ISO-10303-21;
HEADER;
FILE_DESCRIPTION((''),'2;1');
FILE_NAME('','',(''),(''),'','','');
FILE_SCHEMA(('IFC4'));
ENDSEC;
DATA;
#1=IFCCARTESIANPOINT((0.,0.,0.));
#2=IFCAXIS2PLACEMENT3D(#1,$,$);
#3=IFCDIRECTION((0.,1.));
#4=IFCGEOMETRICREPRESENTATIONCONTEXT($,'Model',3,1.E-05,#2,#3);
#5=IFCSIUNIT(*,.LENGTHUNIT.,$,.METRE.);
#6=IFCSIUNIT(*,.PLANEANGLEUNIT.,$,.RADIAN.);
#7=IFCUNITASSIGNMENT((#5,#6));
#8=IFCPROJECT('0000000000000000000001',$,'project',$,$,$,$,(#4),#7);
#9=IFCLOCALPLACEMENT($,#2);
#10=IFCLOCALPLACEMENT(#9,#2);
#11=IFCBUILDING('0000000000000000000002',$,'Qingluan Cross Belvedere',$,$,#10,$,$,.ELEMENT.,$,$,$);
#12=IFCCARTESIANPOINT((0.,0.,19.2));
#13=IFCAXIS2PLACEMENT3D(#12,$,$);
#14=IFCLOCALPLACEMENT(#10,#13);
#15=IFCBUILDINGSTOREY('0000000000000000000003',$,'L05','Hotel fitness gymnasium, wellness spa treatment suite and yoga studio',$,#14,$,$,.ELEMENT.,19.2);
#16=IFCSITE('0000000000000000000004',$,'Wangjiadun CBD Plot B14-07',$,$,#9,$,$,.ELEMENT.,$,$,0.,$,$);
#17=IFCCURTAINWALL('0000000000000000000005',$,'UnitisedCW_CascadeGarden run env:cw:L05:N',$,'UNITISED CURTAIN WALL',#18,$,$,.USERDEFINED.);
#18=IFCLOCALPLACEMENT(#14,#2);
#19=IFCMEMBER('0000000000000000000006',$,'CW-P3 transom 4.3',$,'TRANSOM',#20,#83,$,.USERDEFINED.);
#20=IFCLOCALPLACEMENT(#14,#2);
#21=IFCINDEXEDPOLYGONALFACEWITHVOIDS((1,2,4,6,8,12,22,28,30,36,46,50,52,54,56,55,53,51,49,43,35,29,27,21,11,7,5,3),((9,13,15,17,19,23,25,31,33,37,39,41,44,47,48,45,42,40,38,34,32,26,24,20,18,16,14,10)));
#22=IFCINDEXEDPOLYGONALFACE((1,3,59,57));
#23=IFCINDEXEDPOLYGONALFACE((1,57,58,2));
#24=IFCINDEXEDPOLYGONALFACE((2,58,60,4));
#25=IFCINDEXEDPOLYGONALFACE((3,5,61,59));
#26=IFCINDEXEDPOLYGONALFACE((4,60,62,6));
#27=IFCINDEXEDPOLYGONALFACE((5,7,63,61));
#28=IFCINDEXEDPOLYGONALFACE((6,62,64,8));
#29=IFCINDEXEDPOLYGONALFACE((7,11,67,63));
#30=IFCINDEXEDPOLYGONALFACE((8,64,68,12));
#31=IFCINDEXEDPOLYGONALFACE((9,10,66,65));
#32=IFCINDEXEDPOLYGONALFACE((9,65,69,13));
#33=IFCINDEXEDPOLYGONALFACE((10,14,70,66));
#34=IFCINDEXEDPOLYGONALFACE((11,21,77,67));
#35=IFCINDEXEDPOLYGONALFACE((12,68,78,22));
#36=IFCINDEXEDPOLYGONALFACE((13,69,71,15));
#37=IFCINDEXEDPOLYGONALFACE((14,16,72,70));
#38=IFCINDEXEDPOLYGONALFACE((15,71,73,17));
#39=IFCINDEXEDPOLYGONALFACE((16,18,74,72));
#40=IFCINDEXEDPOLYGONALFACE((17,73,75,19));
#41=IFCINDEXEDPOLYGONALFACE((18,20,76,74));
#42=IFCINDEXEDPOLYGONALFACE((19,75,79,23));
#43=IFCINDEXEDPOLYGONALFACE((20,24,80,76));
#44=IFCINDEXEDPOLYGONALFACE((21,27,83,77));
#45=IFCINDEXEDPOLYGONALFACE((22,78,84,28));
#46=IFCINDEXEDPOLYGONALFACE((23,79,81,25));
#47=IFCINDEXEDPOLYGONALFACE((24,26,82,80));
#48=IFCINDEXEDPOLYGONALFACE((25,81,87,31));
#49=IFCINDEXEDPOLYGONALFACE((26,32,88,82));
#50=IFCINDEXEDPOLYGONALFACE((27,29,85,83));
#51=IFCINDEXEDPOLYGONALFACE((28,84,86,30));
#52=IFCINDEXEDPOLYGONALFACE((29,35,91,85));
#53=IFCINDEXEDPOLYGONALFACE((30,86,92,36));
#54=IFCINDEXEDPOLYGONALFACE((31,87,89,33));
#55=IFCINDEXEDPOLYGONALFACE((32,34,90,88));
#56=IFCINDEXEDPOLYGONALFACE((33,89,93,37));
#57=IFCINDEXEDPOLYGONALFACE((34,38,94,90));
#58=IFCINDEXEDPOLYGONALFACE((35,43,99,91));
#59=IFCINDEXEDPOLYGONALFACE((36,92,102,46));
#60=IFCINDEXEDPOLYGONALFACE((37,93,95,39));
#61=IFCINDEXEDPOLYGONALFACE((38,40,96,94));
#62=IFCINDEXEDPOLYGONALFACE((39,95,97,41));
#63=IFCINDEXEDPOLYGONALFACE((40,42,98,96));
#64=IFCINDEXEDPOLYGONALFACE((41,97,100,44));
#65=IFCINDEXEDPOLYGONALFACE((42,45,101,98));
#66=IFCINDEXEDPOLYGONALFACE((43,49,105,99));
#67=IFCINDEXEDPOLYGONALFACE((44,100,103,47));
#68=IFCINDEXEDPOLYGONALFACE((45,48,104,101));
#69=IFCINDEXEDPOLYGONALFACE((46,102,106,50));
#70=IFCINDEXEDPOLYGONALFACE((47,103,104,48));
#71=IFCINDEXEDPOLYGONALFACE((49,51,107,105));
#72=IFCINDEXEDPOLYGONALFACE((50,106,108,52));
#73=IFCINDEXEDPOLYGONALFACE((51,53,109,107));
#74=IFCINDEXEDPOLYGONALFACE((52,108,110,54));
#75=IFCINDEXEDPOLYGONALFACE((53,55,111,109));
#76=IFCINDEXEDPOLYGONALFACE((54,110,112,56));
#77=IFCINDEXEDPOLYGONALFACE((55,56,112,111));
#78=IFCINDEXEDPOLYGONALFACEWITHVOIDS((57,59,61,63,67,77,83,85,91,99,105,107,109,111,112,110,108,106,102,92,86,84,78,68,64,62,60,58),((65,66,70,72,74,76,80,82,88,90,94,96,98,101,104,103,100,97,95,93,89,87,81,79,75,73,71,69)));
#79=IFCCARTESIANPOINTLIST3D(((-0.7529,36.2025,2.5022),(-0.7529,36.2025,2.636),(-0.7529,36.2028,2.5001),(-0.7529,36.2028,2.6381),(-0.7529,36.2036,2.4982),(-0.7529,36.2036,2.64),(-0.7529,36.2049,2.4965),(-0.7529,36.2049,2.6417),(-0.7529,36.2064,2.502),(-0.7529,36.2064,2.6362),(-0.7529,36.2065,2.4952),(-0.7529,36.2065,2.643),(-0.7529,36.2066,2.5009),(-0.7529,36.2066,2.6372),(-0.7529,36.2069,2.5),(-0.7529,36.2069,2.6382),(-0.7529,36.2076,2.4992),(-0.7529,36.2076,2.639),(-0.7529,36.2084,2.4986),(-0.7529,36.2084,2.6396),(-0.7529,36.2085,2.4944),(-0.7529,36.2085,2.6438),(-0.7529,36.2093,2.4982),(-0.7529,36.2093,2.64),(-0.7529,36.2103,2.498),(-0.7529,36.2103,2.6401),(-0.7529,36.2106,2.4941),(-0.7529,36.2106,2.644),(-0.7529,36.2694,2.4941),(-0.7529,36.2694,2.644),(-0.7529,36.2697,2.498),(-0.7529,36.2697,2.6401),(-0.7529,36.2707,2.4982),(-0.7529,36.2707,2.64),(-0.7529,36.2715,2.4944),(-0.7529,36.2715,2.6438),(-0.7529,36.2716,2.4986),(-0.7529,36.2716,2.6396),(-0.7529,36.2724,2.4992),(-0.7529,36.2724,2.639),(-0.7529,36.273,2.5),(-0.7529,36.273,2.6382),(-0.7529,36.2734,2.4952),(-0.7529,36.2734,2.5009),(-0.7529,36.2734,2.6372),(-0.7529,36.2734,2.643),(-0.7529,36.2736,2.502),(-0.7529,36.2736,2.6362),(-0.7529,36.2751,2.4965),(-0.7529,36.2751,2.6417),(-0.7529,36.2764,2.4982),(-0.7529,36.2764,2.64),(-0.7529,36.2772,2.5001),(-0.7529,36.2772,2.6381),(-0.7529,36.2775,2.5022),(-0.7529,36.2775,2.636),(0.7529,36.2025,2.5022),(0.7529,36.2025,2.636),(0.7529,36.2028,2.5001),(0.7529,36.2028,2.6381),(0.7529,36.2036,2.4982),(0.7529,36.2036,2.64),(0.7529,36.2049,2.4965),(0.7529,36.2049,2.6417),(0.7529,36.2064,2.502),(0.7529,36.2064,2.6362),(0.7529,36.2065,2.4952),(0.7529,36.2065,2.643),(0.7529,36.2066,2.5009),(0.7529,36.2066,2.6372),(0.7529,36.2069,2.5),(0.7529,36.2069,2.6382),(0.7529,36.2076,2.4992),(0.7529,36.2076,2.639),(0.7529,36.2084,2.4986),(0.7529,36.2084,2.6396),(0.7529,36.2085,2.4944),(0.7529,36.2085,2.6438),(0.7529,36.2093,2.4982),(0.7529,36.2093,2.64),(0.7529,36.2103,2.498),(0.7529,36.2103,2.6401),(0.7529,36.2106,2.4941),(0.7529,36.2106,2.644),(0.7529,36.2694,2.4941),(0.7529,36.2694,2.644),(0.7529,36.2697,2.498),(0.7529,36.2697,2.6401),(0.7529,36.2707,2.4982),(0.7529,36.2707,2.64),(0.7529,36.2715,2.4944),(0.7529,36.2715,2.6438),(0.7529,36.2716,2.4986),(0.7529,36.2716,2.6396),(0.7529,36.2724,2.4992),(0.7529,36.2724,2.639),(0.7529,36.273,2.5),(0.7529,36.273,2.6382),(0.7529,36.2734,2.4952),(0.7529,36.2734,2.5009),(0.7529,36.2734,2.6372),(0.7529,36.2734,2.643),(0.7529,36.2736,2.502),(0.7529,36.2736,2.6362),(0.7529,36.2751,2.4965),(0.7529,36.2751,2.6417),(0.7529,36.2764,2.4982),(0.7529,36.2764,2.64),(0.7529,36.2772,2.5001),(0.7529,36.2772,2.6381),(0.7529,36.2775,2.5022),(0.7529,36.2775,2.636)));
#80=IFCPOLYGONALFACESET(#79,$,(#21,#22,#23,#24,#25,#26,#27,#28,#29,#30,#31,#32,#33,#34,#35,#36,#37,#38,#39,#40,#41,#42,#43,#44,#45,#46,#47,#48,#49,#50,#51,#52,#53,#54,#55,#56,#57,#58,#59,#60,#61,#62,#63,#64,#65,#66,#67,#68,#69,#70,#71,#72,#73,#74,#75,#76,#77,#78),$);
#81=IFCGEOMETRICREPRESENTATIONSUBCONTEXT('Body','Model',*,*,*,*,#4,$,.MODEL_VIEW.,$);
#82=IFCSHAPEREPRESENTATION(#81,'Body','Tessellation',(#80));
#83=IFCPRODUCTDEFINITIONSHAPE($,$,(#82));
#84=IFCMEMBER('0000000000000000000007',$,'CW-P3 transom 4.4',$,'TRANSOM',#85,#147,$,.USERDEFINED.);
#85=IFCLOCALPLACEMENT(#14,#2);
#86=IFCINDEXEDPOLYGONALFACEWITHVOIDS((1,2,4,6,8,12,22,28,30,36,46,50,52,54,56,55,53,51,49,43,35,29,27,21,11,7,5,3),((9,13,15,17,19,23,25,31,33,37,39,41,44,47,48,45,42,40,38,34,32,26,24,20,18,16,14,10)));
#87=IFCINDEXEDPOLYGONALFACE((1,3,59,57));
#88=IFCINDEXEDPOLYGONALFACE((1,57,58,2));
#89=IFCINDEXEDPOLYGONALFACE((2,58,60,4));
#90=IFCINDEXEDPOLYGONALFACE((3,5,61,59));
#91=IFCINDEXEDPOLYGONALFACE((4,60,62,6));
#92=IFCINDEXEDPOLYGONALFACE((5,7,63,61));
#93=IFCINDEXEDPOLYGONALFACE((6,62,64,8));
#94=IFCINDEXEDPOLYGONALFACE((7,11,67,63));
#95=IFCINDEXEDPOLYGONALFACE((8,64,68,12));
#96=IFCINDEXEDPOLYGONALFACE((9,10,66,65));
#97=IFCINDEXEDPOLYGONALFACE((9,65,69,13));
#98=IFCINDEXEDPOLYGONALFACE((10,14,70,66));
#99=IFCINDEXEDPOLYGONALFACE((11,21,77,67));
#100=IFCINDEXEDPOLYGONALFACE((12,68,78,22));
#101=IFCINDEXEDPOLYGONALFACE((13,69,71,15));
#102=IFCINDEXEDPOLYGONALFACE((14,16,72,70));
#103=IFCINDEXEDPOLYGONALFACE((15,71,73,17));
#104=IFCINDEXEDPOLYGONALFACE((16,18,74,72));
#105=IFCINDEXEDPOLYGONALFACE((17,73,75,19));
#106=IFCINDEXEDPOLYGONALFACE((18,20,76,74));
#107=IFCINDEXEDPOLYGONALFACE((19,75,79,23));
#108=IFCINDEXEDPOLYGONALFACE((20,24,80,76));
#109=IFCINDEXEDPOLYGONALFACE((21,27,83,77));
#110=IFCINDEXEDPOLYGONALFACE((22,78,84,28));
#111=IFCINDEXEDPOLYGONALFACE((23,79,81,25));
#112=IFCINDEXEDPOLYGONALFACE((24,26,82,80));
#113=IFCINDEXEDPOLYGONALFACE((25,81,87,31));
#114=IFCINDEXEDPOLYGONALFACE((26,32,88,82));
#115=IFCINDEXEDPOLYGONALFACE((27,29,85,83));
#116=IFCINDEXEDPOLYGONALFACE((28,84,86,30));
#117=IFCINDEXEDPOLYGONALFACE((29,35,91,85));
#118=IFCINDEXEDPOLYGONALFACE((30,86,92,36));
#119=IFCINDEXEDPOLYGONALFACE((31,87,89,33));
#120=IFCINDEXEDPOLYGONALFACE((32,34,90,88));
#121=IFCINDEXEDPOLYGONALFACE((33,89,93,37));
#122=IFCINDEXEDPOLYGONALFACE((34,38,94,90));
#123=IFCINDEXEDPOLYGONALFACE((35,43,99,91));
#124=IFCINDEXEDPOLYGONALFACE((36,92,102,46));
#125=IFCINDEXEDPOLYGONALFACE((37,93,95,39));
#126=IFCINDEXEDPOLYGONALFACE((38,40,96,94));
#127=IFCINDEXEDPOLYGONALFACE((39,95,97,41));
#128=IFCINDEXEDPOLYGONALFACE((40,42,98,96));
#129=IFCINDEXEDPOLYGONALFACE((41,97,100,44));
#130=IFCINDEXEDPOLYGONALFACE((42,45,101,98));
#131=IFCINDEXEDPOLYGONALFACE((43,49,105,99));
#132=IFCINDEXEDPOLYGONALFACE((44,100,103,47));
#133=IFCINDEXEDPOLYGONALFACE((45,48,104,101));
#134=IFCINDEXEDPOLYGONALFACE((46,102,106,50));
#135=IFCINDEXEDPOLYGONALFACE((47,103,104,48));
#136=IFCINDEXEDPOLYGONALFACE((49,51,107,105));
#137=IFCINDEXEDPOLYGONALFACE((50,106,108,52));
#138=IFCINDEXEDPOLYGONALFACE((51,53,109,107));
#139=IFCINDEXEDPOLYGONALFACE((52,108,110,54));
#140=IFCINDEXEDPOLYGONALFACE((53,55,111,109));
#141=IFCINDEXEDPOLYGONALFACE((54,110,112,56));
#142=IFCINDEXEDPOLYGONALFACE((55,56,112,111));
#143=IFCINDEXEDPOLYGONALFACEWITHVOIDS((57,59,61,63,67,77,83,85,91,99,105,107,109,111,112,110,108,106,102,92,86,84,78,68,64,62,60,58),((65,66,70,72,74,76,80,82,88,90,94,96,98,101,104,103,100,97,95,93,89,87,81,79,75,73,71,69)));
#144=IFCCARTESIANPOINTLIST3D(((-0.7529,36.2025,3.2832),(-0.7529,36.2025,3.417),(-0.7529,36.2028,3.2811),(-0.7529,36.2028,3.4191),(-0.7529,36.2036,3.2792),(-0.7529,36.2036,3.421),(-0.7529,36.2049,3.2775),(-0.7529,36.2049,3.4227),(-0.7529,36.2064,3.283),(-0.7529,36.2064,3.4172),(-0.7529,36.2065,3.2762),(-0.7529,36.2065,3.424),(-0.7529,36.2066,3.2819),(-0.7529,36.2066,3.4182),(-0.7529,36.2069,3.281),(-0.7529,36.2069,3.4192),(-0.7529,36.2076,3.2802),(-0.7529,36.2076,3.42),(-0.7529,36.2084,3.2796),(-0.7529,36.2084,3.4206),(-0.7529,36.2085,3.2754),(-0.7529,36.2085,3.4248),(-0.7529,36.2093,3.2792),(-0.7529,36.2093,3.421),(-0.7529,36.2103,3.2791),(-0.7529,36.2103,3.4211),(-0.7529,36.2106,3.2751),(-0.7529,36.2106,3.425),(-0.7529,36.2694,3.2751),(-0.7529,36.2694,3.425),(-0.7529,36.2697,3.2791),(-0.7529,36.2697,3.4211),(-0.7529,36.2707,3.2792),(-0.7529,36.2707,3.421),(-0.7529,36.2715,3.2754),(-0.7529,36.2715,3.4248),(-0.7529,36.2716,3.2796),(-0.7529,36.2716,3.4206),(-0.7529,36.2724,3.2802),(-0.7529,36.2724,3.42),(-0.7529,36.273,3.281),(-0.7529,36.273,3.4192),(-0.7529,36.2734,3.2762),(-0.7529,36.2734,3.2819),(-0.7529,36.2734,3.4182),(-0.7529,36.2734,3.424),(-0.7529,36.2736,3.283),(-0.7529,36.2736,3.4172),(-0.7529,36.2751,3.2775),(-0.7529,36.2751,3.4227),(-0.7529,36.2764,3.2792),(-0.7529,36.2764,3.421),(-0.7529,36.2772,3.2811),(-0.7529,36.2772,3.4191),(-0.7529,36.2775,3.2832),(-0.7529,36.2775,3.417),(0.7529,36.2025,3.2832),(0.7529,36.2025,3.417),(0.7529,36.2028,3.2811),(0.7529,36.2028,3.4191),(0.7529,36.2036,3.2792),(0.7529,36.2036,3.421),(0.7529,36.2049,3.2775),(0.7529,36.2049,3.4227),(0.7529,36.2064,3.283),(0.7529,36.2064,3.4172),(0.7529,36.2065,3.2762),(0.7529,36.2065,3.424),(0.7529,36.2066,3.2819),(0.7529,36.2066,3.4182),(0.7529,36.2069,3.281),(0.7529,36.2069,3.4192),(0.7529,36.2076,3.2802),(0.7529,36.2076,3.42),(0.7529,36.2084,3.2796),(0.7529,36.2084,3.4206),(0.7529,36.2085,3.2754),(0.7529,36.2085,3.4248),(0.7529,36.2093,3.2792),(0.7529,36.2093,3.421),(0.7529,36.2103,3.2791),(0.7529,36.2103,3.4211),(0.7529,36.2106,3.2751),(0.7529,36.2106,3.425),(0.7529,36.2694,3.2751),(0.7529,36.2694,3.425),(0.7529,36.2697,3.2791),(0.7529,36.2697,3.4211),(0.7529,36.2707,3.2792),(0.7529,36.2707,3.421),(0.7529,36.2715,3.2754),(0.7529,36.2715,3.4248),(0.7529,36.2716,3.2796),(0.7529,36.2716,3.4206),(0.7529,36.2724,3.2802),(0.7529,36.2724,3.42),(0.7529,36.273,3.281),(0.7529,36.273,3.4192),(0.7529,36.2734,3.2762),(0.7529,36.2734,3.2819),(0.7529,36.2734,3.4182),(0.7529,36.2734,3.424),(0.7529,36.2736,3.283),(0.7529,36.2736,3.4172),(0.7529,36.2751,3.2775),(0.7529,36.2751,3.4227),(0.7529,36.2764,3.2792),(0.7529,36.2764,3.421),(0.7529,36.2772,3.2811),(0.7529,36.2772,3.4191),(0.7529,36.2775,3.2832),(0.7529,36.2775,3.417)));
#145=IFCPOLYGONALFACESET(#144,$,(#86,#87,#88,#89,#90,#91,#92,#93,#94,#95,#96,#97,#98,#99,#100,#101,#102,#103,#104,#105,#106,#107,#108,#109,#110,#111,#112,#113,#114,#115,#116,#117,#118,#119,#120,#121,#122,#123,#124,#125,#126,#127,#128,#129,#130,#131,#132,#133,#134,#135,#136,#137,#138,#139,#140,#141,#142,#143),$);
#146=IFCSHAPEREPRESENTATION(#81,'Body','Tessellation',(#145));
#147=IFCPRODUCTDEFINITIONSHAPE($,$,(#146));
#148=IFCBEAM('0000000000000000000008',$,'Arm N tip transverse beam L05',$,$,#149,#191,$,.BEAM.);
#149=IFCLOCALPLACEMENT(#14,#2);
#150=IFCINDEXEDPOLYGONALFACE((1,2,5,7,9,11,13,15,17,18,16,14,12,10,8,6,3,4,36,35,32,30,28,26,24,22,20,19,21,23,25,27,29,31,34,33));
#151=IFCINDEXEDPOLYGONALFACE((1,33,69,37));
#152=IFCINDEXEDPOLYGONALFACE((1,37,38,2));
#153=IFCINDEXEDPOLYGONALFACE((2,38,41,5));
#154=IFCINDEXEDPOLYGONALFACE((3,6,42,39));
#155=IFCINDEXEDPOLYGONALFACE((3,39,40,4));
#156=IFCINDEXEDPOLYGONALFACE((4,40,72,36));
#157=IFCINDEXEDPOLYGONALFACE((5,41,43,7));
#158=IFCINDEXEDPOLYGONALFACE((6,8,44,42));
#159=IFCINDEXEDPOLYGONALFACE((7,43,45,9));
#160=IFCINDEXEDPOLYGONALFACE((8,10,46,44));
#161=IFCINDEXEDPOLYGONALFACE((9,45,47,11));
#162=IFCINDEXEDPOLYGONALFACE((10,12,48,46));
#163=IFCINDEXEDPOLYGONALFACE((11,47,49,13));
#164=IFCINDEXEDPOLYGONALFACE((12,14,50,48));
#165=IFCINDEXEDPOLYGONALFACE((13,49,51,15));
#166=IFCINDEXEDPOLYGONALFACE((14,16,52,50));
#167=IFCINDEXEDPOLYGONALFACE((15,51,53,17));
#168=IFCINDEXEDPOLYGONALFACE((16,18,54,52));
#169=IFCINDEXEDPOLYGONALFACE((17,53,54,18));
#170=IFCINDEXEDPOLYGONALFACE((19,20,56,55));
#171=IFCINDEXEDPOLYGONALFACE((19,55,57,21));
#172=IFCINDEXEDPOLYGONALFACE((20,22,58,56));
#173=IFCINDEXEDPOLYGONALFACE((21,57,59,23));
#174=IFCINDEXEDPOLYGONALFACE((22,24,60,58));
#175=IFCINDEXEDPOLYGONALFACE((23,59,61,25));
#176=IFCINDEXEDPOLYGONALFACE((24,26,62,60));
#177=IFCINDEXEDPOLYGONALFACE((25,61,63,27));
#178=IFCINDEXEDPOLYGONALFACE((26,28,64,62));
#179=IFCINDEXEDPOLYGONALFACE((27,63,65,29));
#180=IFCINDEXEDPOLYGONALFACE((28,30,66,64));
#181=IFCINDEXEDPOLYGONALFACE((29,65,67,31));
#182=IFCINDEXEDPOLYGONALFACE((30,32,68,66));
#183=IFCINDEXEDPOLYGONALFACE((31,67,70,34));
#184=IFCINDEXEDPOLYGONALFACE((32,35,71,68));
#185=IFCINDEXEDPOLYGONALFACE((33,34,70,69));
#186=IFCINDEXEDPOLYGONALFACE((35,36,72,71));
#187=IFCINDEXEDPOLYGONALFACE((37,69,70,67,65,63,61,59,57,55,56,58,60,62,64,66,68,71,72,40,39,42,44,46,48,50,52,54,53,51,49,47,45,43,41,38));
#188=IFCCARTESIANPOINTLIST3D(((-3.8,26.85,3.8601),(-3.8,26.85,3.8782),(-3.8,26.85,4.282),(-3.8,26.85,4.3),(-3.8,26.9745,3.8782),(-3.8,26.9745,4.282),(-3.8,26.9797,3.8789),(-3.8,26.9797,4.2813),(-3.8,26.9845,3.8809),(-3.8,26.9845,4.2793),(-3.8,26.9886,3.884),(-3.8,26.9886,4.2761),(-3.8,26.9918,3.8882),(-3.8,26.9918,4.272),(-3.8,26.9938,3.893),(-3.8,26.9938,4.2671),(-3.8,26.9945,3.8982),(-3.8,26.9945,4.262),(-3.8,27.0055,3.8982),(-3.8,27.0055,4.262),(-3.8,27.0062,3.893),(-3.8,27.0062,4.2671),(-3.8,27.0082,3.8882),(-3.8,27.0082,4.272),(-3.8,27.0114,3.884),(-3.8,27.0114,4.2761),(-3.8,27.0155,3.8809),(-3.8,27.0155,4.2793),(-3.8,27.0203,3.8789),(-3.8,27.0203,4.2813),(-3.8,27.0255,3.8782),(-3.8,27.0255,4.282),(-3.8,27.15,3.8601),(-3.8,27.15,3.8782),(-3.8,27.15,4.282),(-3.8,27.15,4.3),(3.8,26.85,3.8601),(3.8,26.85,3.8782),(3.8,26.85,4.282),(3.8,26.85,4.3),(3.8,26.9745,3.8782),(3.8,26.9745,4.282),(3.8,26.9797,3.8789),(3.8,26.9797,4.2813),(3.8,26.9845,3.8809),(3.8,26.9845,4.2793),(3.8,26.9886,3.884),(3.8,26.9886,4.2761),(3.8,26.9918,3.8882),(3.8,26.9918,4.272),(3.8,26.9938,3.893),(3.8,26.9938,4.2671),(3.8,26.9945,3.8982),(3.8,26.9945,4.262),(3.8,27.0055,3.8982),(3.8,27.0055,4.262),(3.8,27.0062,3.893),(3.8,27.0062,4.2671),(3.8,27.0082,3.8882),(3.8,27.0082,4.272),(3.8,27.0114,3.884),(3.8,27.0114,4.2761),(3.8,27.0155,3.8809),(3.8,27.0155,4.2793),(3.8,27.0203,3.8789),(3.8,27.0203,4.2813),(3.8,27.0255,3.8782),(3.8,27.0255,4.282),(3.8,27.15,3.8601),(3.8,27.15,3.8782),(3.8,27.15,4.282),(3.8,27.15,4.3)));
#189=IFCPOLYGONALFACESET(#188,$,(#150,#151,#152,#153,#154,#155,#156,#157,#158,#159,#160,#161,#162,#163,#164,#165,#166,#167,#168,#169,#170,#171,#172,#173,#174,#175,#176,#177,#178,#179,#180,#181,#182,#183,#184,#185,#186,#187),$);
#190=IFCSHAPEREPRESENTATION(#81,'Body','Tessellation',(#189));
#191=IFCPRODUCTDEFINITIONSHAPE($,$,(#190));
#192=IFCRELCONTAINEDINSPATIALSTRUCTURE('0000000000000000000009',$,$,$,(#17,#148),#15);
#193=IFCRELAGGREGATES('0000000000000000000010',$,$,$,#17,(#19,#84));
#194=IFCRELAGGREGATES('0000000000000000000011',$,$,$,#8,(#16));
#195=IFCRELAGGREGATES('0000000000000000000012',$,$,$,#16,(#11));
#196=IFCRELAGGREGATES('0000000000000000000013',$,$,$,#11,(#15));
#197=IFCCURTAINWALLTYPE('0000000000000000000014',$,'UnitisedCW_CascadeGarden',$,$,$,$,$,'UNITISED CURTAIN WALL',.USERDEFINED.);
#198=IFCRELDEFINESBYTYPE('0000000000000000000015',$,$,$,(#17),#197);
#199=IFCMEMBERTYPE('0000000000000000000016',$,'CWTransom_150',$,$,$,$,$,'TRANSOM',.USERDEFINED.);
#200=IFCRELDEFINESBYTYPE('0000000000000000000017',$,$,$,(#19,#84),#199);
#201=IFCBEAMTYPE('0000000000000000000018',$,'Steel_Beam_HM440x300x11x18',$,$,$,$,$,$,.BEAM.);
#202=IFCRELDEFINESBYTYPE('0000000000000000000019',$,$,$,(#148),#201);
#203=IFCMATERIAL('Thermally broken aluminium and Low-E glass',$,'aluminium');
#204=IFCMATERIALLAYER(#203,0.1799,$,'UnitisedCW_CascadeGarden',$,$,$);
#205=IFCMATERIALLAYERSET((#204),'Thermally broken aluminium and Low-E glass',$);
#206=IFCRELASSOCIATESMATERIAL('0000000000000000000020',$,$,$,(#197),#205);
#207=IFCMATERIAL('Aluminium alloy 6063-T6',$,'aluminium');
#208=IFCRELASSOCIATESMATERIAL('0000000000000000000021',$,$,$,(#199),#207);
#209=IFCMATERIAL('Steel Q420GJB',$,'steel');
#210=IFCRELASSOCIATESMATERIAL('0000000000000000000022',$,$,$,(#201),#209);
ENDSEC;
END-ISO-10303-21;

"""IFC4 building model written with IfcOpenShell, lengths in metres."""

from ifc_helpers import new_model, si_unit, direction, frame, origin, origin_2d, place, context, subcontext, project, spatial, hollow_rectangle, i_section, extrude, material, layer, layer_set, material_profile, profile_set, type_object, element, aggregate, save


model = new_model("IFC4")

# Units and contexts
model_context = context("Model", 3, precision=1e-05, world=origin(), true_north=direction((0.0, 1.0)))
body_context = subcontext(model_context, "Body", "Model", "MODEL_VIEW")
ifc_project = project(units=[si_unit("LENGTHUNIT", "METRE"), si_unit("PLANEANGLEUNIT", "RADIAN")], contexts=[model_context])

# Site, building, storey
site_placement = place(None, origin())
site = spatial("IfcSite", under=ifc_project, at=site_placement, Name="Wangjiadun CBD Plot B14-07", CompositionType="ELEMENT", RefElevation=0.0)
building_placement = place(site_placement, origin())
building = spatial("IfcBuilding", under=site, at=building_placement, Name="Qingluan Cross Belvedere", CompositionType="ELEMENT")
storey_placement = place(building_placement, frame((0.0, 0.0, 19.2)))
storey = spatial("IfcBuildingStorey", under=building, at=storey_placement, Name="L05", Description="Hotel fitness gymnasium, wellness spa treatment suite and yoga studio", CompositionType="ELEMENT", Elevation=19.2)

# Curtain wall, members
ifc_material_1 = material(Name="Thermally broken aluminium and Low-E glass", Category="aluminium")
ifc_layer_1 = layer(ifc_material_1, 0.1799, Name="UnitisedCW_CascadeGarden")
ifc_layer_set_1 = layer_set([ifc_layer_1], Name="Thermally broken aluminium and Low-E glass")
curtain_wall_type = type_object("IfcCurtainWallType", Name="UnitisedCW_CascadeGarden", ElementType="UNITISED CURTAIN WALL", PredefinedType="USERDEFINED", material=ifc_layer_set_1)
curtain_wall_placement = place(storey_placement, origin())
curtain_wall = element("IfcCurtainWall", 1, at=curtain_wall_placement, inside=storey, type_object=curtain_wall_type, Name="UnitisedCW_CascadeGarden run env:cw:L05:N", ObjectType="UNITISED CURTAIN WALL", PredefinedType="USERDEFINED")
ifc_material_2 = material(Name="Aluminium alloy 6063-T6", Category="aluminium")
ifc_material_profile_1 = material_profile(ifc_material_2, hollow_rectangle(XDim=0.075, YDim=0.1499, WallThickness=0.0039, InnerFilletRadius=0.0039, OuterFilletRadius=0.0081, at=origin_2d()), Name="CWT150x75x4")
ifc_profile_set_1 = profile_set([ifc_material_profile_1], Name="Aluminium alloy 6063-T6")
member_type_1 = type_object("IfcMemberType", Name="CWTransom_150", ElementType="TRANSOM", PredefinedType="USERDEFINED", material=ifc_profile_set_1)
member_1_placement = place(storey_placement, frame((-0.7529, 36.24, 2.5691), z_axis=(1.0, 0.0, 0.0), x_axis=(0.0, 1.0, 0.0)))
member_1 = element("IfcMember", 2, at=member_1_placement, type_object=member_type_1, Name="CW-P3 transom 4.3", ObjectType="TRANSOM", PredefinedType="USERDEFINED", context=body_context, shape_type="SweptSolid", body=[
    extrude(hollow_rectangle(XDim=0.075, YDim=0.1499, WallThickness=0.0039, InnerFilletRadius=0.0039, OuterFilletRadius=0.0081, at=origin_2d()), origin(), (0.0, 0.0, 1.0), 1.5059),
])
member_2_placement = place(storey_placement, frame((-0.7529, 36.24, 3.3501), z_axis=(1.0, 0.0, 0.0), x_axis=(0.0, 1.0, 0.0)))
member_2 = element("IfcMember", 3, at=member_2_placement, type_object=member_type_1, Name="CW-P3 transom 4.4", ObjectType="TRANSOM", PredefinedType="USERDEFINED", context=body_context, shape_type="SweptSolid", body=[
    extrude(hollow_rectangle(XDim=0.075, YDim=0.1499, WallThickness=0.0039, InnerFilletRadius=0.0039, OuterFilletRadius=0.0081, at=origin_2d()), origin(), (0.0, 0.0, 1.0), 1.5059),
])

# Beam
ifc_material_3 = material(Name="Steel Q420GJB", Category="steel")
ifc_material_profile_2 = material_profile(ifc_material_3, i_section(OverallWidth=0.3, OverallDepth=0.4399, WebThickness=0.011, FlangeThickness=0.0181, FilletRadius=0.02, at=origin_2d()), Name="HM440x300x11x18")
ifc_profile_set_2 = profile_set([ifc_material_profile_2], Name="Steel Q420GJB")
beam_type = type_object("IfcBeamType", Name="Steel_Beam_HM440x300x11x18", PredefinedType="BEAM", material=ifc_profile_set_2)
beam_placement = place(storey_placement, frame((-3.8, 27.0, 4.0801), z_axis=(1.0, 0.0, 0.0), x_axis=(0.0, 1.0, 0.0)))
element("IfcBeam", 4, at=beam_placement, inside=storey, type_object=beam_type, Name="Arm N tip transverse beam L05", PredefinedType="BEAM", context=body_context, shape_type="SweptSolid", body=[
    extrude(i_section(OverallWidth=0.3, OverallDepth=0.4399, WebThickness=0.011, FlangeThickness=0.0181, FilletRadius=0.02, at=origin_2d()), origin(), (0.0, 0.0, 1.0), 7.6001),
])

aggregate(curtain_wall, [member_1, member_2])

save(model, "model.ifc")
